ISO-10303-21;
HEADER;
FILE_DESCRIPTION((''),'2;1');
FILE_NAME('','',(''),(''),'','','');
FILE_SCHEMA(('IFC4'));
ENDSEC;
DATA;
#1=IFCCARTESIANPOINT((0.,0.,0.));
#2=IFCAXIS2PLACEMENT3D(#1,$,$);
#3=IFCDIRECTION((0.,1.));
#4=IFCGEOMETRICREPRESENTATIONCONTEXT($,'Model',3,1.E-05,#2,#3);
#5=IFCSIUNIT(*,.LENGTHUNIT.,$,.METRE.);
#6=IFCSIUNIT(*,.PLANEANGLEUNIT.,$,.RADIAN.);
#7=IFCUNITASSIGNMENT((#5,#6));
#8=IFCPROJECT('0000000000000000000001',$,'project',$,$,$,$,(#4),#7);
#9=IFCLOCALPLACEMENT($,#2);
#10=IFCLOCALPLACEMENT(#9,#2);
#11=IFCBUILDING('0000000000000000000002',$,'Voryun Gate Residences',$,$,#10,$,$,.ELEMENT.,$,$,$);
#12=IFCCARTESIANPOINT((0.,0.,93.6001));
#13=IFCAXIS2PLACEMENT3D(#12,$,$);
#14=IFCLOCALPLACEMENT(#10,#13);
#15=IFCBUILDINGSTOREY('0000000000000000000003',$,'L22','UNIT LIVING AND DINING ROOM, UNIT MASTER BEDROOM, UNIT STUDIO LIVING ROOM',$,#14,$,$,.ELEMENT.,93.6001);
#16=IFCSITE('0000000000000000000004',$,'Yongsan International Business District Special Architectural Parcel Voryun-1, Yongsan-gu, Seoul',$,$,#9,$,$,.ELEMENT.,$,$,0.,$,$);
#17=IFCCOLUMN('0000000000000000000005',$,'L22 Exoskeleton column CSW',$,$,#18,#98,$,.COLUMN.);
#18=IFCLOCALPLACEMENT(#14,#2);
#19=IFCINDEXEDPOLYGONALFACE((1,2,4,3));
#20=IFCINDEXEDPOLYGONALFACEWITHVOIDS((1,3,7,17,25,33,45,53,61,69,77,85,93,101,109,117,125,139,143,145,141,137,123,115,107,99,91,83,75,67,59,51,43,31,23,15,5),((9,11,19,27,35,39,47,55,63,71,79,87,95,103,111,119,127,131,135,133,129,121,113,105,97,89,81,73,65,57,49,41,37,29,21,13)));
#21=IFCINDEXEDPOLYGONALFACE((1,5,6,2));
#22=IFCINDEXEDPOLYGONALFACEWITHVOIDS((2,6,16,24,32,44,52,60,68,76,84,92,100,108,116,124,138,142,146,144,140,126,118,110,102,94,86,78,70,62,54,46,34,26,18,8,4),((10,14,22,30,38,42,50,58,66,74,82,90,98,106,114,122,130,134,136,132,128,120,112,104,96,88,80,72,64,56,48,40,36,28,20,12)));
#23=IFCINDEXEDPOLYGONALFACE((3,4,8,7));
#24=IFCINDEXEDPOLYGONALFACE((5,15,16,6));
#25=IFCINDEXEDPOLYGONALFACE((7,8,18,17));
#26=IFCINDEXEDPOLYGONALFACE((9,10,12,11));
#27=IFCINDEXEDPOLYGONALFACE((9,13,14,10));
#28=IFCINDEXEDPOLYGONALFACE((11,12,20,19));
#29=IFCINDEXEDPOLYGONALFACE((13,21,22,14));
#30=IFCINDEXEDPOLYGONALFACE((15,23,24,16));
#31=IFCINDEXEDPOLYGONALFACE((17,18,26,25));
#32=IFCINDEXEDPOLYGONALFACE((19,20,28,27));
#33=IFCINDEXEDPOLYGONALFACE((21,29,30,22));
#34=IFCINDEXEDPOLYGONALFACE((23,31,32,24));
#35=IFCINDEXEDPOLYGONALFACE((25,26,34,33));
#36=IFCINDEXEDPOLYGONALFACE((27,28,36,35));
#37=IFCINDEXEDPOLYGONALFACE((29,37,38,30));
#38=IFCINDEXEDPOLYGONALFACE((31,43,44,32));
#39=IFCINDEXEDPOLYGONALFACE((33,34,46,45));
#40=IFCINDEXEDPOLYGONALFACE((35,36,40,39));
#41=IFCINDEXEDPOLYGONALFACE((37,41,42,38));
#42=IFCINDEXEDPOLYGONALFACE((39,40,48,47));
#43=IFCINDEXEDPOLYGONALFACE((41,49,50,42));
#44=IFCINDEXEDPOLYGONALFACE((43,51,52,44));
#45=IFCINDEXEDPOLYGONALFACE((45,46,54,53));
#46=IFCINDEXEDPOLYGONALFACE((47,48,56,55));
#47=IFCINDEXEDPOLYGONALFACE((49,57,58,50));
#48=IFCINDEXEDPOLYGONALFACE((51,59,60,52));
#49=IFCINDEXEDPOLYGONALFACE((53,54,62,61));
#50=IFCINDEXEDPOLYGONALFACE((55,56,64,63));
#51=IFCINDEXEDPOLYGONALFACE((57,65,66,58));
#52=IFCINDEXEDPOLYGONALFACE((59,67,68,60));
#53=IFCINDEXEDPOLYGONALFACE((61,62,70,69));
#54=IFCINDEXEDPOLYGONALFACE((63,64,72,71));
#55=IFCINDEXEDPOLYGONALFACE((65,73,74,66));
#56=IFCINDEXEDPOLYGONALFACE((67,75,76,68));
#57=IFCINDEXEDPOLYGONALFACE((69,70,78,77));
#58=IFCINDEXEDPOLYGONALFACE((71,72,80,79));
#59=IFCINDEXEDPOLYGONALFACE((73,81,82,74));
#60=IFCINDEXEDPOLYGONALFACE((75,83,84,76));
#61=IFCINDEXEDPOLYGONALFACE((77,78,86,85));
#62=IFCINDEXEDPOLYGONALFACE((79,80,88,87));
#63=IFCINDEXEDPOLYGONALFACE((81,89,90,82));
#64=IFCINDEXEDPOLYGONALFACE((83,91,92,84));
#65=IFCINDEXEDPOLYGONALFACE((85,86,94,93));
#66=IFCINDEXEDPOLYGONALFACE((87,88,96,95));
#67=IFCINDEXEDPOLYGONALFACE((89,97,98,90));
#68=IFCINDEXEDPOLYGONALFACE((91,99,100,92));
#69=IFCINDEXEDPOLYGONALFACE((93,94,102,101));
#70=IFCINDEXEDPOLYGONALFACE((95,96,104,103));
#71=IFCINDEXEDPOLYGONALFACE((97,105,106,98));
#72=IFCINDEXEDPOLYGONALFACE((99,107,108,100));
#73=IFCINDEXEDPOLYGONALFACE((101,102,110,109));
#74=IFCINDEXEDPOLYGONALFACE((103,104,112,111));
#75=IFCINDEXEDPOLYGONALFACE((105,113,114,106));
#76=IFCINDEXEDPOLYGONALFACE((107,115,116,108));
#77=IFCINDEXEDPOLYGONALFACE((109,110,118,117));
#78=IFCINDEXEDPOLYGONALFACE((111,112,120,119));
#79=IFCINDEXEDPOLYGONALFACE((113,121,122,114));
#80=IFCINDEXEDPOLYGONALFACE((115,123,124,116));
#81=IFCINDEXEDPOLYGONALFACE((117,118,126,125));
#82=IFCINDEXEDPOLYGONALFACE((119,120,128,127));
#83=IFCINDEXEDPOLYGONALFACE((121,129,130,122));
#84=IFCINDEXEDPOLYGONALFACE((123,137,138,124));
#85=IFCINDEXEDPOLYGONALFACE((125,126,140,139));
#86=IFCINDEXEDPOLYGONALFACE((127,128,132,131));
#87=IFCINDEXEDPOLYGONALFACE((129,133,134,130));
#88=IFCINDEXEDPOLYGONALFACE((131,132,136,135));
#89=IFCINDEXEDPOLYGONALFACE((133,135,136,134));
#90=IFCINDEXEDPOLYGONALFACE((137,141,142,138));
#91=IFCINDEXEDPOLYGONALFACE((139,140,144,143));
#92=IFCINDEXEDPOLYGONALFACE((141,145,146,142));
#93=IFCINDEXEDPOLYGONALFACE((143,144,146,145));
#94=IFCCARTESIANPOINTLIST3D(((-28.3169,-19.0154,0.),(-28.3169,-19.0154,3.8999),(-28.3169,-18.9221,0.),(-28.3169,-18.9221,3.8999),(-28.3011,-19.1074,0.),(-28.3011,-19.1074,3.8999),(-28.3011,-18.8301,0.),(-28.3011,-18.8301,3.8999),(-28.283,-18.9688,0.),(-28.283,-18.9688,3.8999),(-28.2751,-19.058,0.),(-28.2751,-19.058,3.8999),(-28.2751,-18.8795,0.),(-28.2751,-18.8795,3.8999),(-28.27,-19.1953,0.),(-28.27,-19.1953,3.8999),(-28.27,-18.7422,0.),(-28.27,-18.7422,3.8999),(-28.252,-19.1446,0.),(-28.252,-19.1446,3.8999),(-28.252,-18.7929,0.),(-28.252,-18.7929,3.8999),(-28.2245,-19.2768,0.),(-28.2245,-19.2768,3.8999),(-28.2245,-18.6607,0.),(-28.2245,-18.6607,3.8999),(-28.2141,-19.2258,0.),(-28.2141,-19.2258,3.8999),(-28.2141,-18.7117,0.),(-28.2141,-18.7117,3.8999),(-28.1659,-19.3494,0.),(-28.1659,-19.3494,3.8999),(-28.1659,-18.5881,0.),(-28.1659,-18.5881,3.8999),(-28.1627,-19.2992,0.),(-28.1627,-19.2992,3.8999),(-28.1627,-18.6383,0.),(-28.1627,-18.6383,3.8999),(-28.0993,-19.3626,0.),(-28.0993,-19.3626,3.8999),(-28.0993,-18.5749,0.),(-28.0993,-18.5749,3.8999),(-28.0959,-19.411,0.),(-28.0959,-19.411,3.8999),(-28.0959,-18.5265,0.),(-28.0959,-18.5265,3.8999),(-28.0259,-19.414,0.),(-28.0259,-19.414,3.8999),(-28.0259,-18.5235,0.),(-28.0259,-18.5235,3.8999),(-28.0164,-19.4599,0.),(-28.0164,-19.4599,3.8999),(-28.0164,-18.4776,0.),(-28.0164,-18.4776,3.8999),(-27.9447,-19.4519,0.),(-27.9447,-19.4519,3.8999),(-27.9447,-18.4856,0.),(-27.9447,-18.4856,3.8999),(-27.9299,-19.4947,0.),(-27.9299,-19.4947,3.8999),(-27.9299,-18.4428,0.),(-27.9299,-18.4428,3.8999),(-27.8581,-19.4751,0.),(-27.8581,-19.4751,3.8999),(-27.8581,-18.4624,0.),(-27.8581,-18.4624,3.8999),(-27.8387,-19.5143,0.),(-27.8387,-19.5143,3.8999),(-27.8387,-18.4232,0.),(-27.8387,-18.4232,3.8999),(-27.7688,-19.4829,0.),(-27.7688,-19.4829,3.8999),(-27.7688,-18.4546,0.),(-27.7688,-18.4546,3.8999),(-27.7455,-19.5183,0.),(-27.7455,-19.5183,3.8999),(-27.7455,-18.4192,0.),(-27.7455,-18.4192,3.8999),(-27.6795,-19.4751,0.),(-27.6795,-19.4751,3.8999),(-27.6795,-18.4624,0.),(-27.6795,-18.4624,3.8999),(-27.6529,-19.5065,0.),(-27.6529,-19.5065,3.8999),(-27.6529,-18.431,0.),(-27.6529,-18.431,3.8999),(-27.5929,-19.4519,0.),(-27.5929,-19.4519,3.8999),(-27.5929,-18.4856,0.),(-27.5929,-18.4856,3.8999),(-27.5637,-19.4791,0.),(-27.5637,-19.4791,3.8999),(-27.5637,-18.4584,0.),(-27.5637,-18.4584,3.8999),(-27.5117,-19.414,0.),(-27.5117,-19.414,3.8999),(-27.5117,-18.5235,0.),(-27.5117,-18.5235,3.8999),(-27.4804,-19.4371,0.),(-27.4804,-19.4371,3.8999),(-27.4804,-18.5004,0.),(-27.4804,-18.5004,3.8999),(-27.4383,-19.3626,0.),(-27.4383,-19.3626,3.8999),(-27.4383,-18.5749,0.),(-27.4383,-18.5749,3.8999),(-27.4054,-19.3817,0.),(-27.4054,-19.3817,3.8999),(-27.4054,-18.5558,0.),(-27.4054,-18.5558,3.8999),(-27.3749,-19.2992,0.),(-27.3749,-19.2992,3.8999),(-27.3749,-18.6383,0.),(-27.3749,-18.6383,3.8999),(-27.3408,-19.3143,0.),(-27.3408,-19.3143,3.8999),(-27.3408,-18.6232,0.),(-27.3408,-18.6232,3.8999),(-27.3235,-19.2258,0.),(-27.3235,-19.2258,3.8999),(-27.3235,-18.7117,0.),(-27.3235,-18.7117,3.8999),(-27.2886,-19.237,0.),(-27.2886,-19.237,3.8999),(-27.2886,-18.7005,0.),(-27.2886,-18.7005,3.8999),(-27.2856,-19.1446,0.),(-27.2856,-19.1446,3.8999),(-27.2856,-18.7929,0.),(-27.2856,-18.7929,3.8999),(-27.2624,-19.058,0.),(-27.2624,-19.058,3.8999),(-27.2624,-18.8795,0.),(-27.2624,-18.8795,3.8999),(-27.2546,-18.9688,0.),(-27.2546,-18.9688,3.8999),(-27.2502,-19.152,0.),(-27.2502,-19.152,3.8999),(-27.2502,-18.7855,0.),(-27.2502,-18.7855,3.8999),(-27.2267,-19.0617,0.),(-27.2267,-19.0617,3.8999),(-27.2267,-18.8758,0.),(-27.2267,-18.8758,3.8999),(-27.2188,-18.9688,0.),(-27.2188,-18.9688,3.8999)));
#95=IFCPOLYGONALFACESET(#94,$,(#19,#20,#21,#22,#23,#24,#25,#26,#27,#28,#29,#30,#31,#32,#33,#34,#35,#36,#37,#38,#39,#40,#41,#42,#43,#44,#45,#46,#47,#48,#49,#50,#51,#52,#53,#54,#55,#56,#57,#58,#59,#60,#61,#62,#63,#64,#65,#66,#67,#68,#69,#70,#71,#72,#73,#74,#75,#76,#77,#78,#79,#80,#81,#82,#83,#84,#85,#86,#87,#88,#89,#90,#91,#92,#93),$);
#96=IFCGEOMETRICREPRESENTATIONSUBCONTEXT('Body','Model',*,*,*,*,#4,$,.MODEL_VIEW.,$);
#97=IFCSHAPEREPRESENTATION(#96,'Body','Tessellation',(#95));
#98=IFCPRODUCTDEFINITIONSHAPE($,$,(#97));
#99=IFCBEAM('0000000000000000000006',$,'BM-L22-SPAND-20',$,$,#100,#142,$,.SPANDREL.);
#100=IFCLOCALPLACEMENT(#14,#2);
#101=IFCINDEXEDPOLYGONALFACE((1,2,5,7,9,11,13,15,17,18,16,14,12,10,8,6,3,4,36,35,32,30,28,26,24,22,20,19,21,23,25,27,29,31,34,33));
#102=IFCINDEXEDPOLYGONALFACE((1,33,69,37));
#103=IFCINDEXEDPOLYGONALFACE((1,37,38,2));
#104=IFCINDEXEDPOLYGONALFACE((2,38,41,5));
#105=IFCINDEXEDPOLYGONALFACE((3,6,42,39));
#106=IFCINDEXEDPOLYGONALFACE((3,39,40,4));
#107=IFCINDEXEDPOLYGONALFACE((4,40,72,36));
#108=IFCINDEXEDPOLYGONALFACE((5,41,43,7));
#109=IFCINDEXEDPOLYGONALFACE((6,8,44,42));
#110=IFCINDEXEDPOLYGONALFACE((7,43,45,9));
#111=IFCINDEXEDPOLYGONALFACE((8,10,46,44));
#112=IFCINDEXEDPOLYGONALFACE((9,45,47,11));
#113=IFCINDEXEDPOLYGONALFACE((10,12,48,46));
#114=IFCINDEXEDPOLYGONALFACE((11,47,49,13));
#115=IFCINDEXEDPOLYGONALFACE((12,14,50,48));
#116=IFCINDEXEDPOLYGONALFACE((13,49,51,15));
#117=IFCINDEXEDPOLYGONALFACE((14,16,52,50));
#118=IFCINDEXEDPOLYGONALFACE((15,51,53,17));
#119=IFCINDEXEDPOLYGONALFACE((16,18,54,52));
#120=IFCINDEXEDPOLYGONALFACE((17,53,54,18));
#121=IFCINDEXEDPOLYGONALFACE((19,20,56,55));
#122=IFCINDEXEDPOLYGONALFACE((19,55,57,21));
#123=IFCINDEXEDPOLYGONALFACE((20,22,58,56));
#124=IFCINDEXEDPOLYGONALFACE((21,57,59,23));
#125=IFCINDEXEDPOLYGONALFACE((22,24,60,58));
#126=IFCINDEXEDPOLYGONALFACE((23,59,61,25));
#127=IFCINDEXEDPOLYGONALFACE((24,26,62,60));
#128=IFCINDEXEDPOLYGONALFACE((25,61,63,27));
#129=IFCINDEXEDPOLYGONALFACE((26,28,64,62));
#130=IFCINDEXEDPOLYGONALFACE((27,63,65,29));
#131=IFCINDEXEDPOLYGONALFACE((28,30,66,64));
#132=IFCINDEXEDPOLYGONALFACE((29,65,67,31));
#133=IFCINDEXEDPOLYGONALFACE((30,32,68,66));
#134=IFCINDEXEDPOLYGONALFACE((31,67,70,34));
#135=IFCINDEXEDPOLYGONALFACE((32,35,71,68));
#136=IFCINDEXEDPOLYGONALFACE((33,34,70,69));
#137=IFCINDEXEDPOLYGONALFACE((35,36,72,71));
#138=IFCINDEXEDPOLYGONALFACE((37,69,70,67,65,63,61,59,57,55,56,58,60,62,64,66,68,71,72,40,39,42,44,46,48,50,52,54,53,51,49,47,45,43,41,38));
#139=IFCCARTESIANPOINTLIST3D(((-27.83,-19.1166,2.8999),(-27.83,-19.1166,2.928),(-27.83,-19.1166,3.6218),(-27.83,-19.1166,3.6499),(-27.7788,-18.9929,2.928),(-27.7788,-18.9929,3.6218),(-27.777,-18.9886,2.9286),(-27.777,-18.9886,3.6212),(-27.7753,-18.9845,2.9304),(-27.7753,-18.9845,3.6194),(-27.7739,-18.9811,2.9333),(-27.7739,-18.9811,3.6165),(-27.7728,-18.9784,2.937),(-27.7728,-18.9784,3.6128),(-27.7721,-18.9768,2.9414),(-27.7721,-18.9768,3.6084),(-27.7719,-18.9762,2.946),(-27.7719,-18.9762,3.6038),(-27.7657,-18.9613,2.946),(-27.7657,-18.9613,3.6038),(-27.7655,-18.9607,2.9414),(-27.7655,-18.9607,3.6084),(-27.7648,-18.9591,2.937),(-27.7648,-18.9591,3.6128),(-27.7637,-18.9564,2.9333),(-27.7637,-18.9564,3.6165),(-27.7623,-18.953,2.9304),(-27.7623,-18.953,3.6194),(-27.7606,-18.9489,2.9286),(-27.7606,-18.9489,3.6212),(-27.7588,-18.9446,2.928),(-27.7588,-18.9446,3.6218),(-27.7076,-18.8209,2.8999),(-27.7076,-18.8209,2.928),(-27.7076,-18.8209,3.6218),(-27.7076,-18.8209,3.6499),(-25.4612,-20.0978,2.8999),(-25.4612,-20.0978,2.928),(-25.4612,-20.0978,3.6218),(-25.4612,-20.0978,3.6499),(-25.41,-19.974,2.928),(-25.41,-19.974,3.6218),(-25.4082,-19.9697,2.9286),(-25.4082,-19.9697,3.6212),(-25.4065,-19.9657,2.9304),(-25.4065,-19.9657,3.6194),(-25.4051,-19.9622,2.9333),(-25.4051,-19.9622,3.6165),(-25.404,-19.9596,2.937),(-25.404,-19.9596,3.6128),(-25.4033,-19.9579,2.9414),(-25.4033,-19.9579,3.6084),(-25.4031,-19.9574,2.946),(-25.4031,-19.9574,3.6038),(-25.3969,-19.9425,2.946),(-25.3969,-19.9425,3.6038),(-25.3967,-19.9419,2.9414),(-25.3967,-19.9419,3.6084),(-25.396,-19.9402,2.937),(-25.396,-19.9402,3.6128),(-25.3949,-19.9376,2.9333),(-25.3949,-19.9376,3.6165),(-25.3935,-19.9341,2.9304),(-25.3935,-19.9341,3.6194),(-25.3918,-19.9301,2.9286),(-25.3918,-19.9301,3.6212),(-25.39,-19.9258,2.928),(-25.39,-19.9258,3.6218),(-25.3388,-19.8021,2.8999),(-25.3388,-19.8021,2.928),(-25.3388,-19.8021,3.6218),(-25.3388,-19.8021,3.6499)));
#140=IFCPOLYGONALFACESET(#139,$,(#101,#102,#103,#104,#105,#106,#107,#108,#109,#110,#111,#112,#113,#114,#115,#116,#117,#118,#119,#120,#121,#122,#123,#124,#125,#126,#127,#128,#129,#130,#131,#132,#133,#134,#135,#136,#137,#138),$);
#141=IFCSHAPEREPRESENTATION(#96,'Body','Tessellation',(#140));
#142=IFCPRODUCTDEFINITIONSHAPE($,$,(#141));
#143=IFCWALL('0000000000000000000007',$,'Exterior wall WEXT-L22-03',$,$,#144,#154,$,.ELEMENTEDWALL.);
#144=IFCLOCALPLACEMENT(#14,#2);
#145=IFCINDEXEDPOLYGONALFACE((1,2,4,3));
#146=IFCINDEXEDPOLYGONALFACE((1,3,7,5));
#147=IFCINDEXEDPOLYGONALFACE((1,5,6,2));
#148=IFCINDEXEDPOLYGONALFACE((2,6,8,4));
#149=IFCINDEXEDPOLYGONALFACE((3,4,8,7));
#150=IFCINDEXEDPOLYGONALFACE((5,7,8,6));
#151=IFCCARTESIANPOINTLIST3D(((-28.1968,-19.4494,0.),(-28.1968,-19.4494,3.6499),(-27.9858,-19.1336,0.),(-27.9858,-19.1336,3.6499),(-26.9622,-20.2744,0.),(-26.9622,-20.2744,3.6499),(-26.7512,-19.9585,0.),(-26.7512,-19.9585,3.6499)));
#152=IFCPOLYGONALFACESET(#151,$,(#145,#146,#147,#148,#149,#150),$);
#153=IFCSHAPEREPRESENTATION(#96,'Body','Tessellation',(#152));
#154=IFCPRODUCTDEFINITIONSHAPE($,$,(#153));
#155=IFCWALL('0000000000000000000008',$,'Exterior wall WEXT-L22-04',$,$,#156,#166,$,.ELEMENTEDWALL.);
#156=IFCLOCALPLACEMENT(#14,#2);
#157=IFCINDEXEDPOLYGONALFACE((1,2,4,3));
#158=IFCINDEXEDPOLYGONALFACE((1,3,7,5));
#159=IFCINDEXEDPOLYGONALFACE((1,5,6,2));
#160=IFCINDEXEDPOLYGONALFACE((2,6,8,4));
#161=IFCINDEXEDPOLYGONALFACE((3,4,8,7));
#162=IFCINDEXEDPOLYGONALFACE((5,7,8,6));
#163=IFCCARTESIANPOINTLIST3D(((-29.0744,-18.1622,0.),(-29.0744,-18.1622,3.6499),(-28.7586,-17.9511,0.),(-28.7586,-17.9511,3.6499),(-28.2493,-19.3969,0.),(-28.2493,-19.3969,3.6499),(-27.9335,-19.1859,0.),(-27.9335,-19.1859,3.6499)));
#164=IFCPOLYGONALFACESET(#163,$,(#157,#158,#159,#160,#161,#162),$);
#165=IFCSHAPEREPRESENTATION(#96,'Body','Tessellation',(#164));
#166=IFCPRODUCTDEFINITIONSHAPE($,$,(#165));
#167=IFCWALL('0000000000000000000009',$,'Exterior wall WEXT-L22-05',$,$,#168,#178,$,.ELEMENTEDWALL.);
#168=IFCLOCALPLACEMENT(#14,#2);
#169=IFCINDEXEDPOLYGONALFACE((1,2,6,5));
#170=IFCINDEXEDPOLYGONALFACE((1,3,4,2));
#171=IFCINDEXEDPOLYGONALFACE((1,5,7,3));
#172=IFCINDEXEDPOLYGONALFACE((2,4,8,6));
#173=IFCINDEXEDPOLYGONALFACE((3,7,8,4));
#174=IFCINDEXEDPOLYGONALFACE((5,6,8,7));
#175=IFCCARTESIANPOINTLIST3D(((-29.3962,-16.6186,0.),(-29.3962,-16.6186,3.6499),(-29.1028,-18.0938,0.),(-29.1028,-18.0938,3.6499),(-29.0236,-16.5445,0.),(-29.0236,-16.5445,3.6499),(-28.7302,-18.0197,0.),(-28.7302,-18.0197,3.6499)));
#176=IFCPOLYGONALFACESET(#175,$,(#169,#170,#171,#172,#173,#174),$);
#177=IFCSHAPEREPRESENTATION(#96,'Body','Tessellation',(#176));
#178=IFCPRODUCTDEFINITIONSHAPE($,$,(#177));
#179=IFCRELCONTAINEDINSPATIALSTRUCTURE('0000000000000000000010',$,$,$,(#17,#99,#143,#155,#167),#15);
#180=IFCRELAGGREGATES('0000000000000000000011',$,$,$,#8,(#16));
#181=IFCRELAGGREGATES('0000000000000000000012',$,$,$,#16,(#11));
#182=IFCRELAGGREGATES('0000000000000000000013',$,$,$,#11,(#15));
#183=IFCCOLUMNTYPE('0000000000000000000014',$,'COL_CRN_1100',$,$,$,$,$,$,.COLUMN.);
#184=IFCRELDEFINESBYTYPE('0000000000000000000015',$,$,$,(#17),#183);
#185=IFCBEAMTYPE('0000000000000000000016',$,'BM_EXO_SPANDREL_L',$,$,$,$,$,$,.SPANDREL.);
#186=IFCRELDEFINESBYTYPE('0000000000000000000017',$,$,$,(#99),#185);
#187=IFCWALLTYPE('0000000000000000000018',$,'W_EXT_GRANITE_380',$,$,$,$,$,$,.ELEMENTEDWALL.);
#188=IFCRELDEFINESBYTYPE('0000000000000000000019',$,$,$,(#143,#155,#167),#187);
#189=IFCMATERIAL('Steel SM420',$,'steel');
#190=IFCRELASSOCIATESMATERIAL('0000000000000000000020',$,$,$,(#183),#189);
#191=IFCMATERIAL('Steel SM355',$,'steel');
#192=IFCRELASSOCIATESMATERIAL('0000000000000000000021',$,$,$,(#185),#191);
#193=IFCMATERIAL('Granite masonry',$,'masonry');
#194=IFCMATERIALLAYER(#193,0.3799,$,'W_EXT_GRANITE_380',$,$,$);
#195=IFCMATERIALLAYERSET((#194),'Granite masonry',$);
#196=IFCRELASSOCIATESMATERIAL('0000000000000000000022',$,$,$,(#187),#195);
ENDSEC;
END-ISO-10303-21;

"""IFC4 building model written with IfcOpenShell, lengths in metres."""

from ifc_helpers import new_model, si_unit, direction, frame, frame_2d, origin, origin_2d, place, context, subcontext, project, spatial, rectangle, hollow_circle, i_section, extrude, material, layer, layer_set, material_profile, profile_set, type_object, element, save


model = new_model("IFC4")

# Units and contexts
model_context = context("Model", 3, precision=1e-05, world=origin(), true_north=direction((0.0, 1.0)))
body_context = subcontext(model_context, "Body", "Model", "MODEL_VIEW")
ifc_project = project(units=[si_unit("LENGTHUNIT", "METRE"), si_unit("PLANEANGLEUNIT", "RADIAN")], contexts=[model_context])

# Site, building, storey
site_placement = place(None, origin())
site = spatial("IfcSite", under=ifc_project, at=site_placement, Name="Yongsan International Business District Special Architectural Parcel Voryun-1, Yongsan-gu, Seoul", CompositionType="ELEMENT", RefElevation=0.0)
building_placement = place(site_placement, origin())
building = spatial("IfcBuilding", under=site, at=building_placement, Name="Voryun Gate Residences", CompositionType="ELEMENT")
storey_placement = place(building_placement, frame((0.0, 0.0, 93.6001)))
storey = spatial("IfcBuildingStorey", under=building, at=storey_placement, Name="L22", Description="UNIT LIVING AND DINING ROOM, UNIT MASTER BEDROOM, UNIT STUDIO LIVING ROOM", CompositionType="ELEMENT", Elevation=93.6001)

# Column
ifc_material_1 = material(Name="Steel SM420", Category="steel")
ifc_material_profile_1 = material_profile(ifc_material_1, hollow_circle(Radius=0.55, WallThickness=0.0359, at=origin_2d()), Name="CHS-1100x36")
ifc_profile_set_1 = profile_set([ifc_material_profile_1], Name="Steel SM420")
column_type = type_object("IfcColumnType", Name="COL_CRN_1100", PredefinedType="COLUMN", material=ifc_profile_set_1)
column_placement = place(storey_placement, frame((-27.7688, -18.9688, 0.0), z_axis=(0.0, 0.0, 1.0), x_axis=(1.0, 0.0, 0.0)))
element("IfcColumn", 1, at=column_placement, inside=storey, type_object=column_type, Name="L22 Exoskeleton column CSW", PredefinedType="COLUMN", context=body_context, shape_type="SweptSolid", body=[
    extrude(hollow_circle(Radius=0.55, WallThickness=0.0359, at=origin_2d()), origin(), (0.0, 0.0, 1.0), 3.8999),
])

# Beam
ifc_material_2 = material(Name="Steel SM355", Category="steel")
ifc_material_profile_2 = material_profile(ifc_material_2, i_section(OverallWidth=0.3201, OverallDepth=0.75, WebThickness=0.0161, FlangeThickness=0.0281, FilletRadius=0.0181, at=origin_2d()), Name="H-750x320x16x28")
ifc_profile_set_2 = profile_set([ifc_material_profile_2], Name="Steel SM355")
beam_type = type_object("IfcBeamType", Name="BM_EXO_SPANDREL_L", PredefinedType="SPANDREL", material=ifc_profile_set_2)
beam_placement = place(storey_placement, frame((-27.7688, -18.9688, 3.2749), z_axis=(0.923883, -0.382674, 0.0), x_axis=(0.382674, 0.923883, 0.0)))
element("IfcBeam", 2, at=beam_placement, inside=storey, type_object=beam_type, Name="BM-L22-SPAND-20", PredefinedType="SPANDREL", context=body_context, shape_type="SweptSolid", body=[
    extrude(i_section(OverallWidth=0.3201, OverallDepth=0.75, WebThickness=0.0161, FlangeThickness=0.0281, FilletRadius=0.0181, at=origin_2d()), origin(), (0.0, 0.0, 1.0), 2.564),
])

# Walls
ifc_material_3 = material(Name="Granite masonry", Category="masonry")
ifc_layer_1 = layer(ifc_material_3, 0.3799, Name="W_EXT_GRANITE_380")
ifc_layer_set_1 = layer_set([ifc_layer_1], Name="Granite masonry")
wall_type_1 = type_object("IfcWallType", Name="W_EXT_GRANITE_380", PredefinedType="ELEMENTEDWALL", material=ifc_layer_set_1)
wall_1_placement = place(storey_placement, frame((-26.8567, -20.1165, 0.0), z_axis=(0.0, 0.0, 1.0), x_axis=(-0.831468, 0.555573, 0.0)))
element("IfcWall", 3, at=wall_1_placement, inside=storey, type_object=wall_type_1, Name="Exterior wall WEXT-L22-03", PredefinedType="ELEMENTEDWALL", context=body_context, shape_type="SweptSolid", body=[
    extrude(rectangle(XDim=1.4849, YDim=0.3799, at=frame_2d((0.7424, 0.0))), origin(), (0.0, 0.0, 1.0), 3.6499),
])
wall_2_placement = place(storey_placement, frame((-28.0913, -19.2915, 0.0), z_axis=(0.0, 0.0, 1.0), x_axis=(-0.55561, 0.831443, 0.0)))
element("IfcWall", 4, at=wall_2_placement, inside=storey, type_object=wall_type_1, Name="Exterior wall WEXT-L22-04", PredefinedType="ELEMENTEDWALL", context=body_context, shape_type="SweptSolid", body=[
    extrude(rectangle(XDim=1.4851, YDim=0.3799, at=frame_2d((0.7427, 0.0))), origin(), (0.0, 0.0, 1.0), 3.6499),
])
wall_3_placement = place(storey_placement, frame((-28.9165, -18.0566, 0.0), z_axis=(0.0, 0.0, 1.0), x_axis=(-0.195086, 0.980786, 0.0)))
element("IfcWall", 5, at=wall_3_placement, inside=storey, type_object=wall_type_1, Name="Exterior wall WEXT-L22-05", PredefinedType="ELEMENTEDWALL", context=body_context, shape_type="SweptSolid", body=[
    extrude(rectangle(XDim=1.5042, YDim=0.3799, at=frame_2d((0.752, 0.0))), origin(), (0.0, 0.0, 1.0), 3.6499),
])

save(model, "model.ifc")
